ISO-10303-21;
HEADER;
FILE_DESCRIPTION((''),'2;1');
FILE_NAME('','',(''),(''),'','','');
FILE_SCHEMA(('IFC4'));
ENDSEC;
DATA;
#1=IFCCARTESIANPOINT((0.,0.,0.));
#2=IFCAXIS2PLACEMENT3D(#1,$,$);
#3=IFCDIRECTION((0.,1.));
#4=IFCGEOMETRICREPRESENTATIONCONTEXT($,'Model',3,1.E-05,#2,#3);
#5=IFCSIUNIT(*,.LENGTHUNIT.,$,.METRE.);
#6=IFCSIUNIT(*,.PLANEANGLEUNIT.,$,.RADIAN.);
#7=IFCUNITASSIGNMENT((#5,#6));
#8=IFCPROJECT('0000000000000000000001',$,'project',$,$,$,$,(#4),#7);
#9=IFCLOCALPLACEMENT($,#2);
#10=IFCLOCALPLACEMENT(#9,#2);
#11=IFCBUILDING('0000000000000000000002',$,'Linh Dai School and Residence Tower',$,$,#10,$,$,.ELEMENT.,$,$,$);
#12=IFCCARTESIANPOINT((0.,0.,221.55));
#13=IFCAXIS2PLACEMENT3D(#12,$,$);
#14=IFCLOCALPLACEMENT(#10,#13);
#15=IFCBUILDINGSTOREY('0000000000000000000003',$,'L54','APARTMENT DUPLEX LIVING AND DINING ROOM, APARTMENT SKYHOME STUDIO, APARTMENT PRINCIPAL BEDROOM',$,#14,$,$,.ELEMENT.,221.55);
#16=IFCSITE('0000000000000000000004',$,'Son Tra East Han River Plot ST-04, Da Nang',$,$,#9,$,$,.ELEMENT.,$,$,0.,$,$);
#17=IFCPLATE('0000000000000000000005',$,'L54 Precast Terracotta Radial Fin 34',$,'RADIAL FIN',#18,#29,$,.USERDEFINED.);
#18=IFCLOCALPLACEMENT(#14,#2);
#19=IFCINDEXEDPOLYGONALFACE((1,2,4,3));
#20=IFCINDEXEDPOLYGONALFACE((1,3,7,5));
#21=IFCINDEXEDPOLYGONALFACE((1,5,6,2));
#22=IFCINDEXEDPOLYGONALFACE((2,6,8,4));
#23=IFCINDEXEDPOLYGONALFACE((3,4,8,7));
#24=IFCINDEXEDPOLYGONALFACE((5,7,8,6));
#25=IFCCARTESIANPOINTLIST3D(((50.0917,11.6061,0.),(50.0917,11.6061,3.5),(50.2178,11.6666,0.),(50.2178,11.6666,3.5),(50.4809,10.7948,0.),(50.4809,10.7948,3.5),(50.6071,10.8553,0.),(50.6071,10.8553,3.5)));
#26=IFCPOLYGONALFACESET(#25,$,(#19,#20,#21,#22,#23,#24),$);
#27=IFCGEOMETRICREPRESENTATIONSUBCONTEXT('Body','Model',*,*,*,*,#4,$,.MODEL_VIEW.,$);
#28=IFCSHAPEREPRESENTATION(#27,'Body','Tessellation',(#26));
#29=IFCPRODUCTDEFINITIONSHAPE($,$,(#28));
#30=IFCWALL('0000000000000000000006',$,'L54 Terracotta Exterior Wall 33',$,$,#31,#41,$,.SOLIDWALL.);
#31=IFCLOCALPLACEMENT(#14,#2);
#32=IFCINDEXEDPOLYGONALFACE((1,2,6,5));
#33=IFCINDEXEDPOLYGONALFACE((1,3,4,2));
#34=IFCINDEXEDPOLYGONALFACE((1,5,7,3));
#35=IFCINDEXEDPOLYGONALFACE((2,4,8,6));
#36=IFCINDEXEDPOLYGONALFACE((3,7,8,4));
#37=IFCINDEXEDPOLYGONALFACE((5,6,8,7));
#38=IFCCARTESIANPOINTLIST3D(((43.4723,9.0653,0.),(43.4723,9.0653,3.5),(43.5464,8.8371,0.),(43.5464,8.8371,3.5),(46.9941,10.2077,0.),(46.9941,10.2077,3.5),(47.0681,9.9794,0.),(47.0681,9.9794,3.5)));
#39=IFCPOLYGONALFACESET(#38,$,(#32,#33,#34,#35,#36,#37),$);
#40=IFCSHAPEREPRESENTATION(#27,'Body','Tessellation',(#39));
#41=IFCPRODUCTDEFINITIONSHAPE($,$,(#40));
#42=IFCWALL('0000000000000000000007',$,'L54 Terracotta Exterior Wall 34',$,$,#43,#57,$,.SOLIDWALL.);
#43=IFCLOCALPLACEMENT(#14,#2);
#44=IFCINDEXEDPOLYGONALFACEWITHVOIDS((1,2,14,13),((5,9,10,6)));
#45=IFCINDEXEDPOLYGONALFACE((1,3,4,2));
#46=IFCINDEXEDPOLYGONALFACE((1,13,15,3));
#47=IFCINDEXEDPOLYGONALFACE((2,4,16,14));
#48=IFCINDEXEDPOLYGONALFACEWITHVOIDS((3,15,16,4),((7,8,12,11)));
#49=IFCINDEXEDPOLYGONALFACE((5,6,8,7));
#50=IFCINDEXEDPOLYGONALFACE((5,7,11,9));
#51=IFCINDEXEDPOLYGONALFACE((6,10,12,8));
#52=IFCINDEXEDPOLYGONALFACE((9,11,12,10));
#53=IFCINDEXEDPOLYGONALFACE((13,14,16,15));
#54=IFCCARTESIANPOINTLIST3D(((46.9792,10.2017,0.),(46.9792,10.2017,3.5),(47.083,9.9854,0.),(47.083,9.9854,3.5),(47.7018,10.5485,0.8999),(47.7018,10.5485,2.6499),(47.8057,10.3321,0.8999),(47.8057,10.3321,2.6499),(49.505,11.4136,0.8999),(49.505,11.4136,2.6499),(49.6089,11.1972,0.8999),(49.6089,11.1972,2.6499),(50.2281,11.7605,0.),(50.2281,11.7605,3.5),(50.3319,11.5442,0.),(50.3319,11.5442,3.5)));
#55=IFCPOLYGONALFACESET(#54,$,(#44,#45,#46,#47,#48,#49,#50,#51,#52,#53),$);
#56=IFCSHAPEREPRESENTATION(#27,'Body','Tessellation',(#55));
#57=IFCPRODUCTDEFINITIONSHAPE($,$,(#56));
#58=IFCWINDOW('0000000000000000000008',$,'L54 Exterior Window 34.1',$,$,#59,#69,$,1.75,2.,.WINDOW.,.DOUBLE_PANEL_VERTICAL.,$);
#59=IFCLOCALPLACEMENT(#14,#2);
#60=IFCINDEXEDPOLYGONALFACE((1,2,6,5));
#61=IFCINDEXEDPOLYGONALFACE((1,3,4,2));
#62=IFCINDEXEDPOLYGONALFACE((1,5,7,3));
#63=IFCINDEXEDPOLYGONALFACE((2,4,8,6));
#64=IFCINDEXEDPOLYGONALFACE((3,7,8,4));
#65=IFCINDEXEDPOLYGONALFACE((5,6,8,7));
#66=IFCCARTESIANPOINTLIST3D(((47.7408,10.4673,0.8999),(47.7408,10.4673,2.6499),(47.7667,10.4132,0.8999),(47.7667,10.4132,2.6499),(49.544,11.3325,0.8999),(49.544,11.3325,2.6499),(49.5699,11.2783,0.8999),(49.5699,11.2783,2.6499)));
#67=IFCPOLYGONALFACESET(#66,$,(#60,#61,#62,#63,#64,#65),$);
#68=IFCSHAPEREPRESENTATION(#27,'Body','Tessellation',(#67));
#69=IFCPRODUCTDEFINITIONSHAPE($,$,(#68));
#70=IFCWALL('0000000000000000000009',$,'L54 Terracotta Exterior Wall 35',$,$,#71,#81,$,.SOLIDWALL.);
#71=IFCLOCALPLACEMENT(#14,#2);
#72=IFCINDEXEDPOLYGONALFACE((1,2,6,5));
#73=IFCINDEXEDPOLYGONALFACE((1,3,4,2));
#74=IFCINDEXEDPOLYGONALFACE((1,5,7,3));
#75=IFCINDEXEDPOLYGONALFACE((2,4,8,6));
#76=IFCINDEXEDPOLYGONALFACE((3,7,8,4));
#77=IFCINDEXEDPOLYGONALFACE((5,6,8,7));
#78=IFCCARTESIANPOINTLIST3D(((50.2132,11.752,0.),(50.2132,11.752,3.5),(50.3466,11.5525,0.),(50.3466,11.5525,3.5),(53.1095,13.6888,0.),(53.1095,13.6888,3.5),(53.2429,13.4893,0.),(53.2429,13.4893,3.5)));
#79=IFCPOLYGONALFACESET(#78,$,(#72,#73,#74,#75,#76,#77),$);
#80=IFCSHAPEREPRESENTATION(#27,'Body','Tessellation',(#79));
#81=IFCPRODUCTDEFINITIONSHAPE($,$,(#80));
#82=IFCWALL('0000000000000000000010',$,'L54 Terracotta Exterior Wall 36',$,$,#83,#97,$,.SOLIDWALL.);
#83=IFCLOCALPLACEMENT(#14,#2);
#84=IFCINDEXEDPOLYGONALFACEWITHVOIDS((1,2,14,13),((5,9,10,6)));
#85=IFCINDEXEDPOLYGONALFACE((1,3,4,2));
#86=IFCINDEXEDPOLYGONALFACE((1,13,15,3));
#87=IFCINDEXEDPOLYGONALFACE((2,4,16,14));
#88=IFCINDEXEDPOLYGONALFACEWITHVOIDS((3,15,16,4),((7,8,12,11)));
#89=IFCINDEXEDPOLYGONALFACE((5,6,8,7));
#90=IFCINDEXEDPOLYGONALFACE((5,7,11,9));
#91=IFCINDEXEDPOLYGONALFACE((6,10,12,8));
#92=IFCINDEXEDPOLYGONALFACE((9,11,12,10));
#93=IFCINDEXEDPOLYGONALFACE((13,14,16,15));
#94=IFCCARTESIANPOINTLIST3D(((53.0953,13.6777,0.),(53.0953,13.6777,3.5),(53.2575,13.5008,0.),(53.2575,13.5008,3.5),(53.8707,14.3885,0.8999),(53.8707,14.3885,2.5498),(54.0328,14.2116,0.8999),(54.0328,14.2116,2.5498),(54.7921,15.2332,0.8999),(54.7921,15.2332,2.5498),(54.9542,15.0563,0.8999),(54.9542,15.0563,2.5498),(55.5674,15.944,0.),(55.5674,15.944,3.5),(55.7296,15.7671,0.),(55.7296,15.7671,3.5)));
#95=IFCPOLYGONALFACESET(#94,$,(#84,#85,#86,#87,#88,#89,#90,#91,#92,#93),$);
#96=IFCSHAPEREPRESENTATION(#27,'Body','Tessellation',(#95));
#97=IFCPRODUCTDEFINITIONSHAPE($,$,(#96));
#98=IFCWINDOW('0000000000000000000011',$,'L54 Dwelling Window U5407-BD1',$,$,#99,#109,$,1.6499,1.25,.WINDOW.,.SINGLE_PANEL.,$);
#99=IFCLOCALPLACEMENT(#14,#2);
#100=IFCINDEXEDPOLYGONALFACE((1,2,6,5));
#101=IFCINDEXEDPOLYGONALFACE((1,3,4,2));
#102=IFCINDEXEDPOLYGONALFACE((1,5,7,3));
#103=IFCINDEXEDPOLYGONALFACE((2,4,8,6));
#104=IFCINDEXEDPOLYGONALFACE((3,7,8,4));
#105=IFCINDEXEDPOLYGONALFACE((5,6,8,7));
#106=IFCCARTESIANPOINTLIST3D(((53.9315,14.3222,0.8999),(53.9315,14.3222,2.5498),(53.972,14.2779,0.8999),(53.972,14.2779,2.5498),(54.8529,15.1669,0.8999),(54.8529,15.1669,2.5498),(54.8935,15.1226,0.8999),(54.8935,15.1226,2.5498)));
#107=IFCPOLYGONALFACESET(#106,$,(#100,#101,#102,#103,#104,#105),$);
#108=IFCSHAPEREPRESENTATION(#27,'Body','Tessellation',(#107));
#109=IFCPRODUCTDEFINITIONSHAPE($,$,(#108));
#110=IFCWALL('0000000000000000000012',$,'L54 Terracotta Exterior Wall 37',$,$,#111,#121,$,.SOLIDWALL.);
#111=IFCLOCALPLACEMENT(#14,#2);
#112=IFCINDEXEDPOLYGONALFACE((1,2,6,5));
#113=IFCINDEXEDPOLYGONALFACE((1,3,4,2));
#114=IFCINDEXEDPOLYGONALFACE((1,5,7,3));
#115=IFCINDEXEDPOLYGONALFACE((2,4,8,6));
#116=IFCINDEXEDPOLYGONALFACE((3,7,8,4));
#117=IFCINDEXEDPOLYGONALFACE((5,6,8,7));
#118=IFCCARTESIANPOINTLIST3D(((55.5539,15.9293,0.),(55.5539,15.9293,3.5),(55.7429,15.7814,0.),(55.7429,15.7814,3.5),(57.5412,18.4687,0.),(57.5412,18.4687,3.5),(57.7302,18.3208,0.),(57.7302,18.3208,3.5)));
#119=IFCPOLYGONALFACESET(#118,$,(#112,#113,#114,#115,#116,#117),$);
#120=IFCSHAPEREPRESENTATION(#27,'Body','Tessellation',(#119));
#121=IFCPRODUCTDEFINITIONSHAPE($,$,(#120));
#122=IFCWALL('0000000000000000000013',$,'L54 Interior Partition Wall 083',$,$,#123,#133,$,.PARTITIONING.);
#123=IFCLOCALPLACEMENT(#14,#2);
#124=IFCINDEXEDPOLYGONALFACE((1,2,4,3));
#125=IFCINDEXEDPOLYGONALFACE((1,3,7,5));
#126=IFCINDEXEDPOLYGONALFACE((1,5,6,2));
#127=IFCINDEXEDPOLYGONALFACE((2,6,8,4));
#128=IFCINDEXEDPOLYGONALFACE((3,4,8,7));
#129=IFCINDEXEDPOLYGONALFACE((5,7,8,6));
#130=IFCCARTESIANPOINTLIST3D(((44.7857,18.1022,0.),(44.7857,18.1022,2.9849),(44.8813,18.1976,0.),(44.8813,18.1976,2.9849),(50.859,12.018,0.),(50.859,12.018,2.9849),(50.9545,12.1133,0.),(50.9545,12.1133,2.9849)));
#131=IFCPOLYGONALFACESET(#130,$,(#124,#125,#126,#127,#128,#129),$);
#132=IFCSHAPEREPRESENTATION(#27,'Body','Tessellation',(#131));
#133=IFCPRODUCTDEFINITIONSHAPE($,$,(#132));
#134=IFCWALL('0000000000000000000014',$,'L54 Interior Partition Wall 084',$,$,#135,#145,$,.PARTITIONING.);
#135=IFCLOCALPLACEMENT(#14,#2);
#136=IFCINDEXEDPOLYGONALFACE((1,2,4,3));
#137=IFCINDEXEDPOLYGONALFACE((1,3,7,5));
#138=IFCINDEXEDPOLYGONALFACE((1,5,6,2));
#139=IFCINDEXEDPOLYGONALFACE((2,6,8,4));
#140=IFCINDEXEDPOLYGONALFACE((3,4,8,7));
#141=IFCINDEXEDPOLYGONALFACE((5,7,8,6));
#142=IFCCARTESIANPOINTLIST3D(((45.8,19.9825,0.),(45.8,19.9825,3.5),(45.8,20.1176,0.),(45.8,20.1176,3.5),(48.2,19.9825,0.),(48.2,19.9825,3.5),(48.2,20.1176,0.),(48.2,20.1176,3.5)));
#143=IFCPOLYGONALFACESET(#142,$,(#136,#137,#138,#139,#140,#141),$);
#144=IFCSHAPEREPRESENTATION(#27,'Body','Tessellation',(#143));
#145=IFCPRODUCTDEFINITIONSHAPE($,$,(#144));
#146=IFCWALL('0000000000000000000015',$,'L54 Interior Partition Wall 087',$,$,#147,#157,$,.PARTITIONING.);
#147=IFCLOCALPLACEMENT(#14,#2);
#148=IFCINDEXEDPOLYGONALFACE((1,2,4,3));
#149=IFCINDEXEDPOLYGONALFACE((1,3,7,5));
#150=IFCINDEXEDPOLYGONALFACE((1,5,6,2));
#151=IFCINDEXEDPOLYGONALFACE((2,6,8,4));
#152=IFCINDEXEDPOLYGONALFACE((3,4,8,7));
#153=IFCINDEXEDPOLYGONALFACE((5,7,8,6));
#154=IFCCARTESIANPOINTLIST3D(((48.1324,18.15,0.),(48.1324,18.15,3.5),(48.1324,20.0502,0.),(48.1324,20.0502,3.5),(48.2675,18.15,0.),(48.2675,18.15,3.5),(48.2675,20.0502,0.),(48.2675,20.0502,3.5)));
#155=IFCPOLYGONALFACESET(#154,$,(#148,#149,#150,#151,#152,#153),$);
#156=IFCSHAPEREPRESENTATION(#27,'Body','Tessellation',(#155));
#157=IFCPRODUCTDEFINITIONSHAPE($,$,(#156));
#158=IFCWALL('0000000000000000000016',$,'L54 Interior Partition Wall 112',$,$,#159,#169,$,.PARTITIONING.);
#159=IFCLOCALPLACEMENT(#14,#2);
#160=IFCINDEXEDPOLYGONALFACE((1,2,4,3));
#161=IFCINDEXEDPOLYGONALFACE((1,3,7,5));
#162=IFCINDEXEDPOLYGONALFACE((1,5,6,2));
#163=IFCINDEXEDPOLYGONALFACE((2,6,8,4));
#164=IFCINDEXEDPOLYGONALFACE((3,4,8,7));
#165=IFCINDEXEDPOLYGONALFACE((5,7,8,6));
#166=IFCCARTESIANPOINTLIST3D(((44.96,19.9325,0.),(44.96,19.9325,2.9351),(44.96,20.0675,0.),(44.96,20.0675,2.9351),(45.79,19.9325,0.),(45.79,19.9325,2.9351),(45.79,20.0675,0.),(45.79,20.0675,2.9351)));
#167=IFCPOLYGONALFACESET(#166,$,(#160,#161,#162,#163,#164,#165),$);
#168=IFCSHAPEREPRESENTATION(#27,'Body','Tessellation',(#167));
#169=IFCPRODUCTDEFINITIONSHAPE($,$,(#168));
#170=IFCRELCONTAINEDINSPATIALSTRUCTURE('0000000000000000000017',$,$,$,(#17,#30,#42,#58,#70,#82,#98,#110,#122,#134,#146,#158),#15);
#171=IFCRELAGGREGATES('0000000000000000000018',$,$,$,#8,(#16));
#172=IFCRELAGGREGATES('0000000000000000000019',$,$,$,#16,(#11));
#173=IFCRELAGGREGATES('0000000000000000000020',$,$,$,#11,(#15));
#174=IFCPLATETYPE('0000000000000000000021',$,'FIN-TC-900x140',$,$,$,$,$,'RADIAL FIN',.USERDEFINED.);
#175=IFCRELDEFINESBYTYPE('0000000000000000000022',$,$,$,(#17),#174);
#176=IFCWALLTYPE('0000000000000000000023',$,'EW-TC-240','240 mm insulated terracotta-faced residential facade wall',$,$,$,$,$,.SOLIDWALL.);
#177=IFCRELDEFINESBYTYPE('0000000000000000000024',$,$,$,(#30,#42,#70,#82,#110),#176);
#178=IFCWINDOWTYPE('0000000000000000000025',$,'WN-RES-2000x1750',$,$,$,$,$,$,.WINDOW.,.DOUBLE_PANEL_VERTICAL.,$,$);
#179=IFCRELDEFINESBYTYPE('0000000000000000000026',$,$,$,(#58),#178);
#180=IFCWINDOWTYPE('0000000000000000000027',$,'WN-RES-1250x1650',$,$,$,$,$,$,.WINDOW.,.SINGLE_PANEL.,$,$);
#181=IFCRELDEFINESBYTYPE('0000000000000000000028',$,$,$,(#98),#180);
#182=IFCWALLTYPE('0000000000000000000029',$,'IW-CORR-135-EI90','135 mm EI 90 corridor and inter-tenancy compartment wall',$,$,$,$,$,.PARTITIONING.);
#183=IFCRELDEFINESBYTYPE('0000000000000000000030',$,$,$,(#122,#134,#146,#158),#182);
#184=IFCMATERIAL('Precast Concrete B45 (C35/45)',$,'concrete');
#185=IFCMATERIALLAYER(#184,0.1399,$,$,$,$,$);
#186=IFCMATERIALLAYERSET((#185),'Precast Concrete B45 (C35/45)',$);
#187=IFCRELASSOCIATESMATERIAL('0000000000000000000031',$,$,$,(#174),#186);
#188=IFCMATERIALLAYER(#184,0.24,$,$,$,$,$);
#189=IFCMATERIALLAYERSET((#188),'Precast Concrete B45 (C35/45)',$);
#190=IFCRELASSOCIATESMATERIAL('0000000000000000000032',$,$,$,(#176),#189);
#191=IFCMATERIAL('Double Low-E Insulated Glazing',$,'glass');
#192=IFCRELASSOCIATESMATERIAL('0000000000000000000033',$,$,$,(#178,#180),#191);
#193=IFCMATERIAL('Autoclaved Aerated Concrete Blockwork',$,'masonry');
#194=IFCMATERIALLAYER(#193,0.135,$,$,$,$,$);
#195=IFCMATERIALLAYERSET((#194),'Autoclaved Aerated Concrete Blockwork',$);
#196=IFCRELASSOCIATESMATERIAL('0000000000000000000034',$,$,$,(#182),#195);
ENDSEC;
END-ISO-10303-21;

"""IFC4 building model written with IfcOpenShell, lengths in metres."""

from ifc_helpers import new_model, si_unit, direction, frame, frame_2d, origin, origin_2d, place, context, subcontext, project, spatial, rectangle, extrude, source, transform, mapped, material, layer, layer_set, type_object, element, fill, save


model = new_model("IFC4")

# Units and contexts
model_context = context("Model", 3, precision=1e-05, world=origin(), true_north=direction((0.0, 1.0)))
body_context = subcontext(model_context, "Body", "Model", "MODEL_VIEW")
ifc_project = project(units=[si_unit("LENGTHUNIT", "METRE"), si_unit("PLANEANGLEUNIT", "RADIAN")], contexts=[model_context])

# Site, building, storey
site_placement = place(None, origin())
site = spatial("IfcSite", under=ifc_project, at=site_placement, Name="Son Tra East Han River Plot ST-04, Da Nang", CompositionType="ELEMENT", RefElevation=0.0)
building_placement = place(site_placement, origin())
building = spatial("IfcBuilding", under=site, at=building_placement, Name="Linh Dai School and Residence Tower", CompositionType="ELEMENT")
storey_placement = place(building_placement, frame((0.0, 0.0, 221.55)))
storey = spatial("IfcBuildingStorey", under=building, at=storey_placement, Name="L54", Description="APARTMENT DUPLEX LIVING AND DINING ROOM, APARTMENT SKYHOME STUDIO, APARTMENT PRINCIPAL BEDROOM", CompositionType="ELEMENT", Elevation=221.55)

# Plate
ifc_material_1 = material(Name="Precast Concrete B45 (C35/45)", Category="concrete")
ifc_layer_1 = layer(ifc_material_1, 0.1399)
ifc_layer_set_1 = layer_set([ifc_layer_1], Name="Precast Concrete B45 (C35/45)")
plate_type = type_object("IfcPlateType", Name="FIN-TC-900x140", ElementType="RADIAL FIN", PredefinedType="USERDEFINED", material=ifc_layer_set_1)
shared_shape_1 = source(origin(), body_context, "Body", "SweptSolid", [
    extrude(rectangle(XDim=0.8999, YDim=0.1399, at=origin_2d()), origin(), (0.0, 0.0, 1.0), 3.5),
])
plate_placement = place(storey_placement, frame((50.3494, 11.2307, 0.0), z_axis=(0.0, 0.0, 1.0), x_axis=(0.432594, -0.901589, 0.0)))
element("IfcPlate", 1, at=plate_placement, inside=storey, type_object=plate_type, Name="L54 Precast Terracotta Radial Fin 34", ObjectType="RADIAL FIN", PredefinedType="USERDEFINED", context=body_context, shape_type="MappedRepresentation", body=[
    mapped(shared_shape_1, transform((0.0, 0.0, 0.0), x_axis=(1.0, 0.0, 0.0), y_axis=(0.0, 1.0, 0.0), z_axis=(0.0, 0.0, 1.0), scale=1.0)),
])

# Wall
ifc_layer_2 = layer(ifc_material_1, 0.24)
ifc_layer_set_2 = layer_set([ifc_layer_2], Name="Precast Concrete B45 (C35/45)")
wall_type_1 = type_object("IfcWallType", Name="EW-TC-240", Description="240 mm insulated terracotta-faced residential facade wall", PredefinedType="SOLIDWALL", material=ifc_layer_set_2)
wall_1_placement = place(storey_placement, frame((47.031, 10.0935, 0.0), z_axis=(0.0, 0.0, 1.0), x_axis=(-0.951211, -0.308542, 0.0)))
element("IfcWall", 2, at=wall_1_placement, inside=storey, type_object=wall_type_1, Name="L54 Terracotta Exterior Wall 33", PredefinedType="SOLIDWALL", context=body_context, shape_type="SweptSolid", body=[
    extrude(rectangle(XDim=3.7024, YDim=0.24, at=frame_2d((1.8511, 0.0))), origin(), (0.0, 0.0, 1.0), 3.5),
])

# Wall, opening, window
wall_2_placement = place(storey_placement, frame((50.28, 11.6523, 0.0), z_axis=(0.0, 0.0, 1.0), x_axis=(-0.901598, -0.432575, 0.0)))
wall_2 = element("IfcWall", 3, at=wall_2_placement, inside=storey, type_object=wall_type_1, Name="L54 Terracotta Exterior Wall 34", PredefinedType="SOLIDWALL", context=body_context, shape_type="SweptSolid", body=[
    extrude(rectangle(XDim=3.6035, YDim=0.24, at=frame_2d((1.8018, 0.0))), origin(), (0.0, 0.0, 1.0), 3.5),
])
opening_1_placement = place(wall_2_placement, frame((0.802, 0.0, 0.8999)))
opening_1 = element("IfcOpeningElement", 4, at=opening_1_placement, cuts=wall_2, PredefinedType="OPENING", context=body_context, shape_type="SweptSolid", body=[
    extrude(rectangle(XDim=2.0, YDim=1.75, at=origin_2d()), frame((1.0, 0.1299, 0.875), z_axis=(0.0, -1.0, 0.0), x_axis=(1.0, 0.0, 0.0)), (0.0, 0.0, 1.0), 0.26),
])
ifc_material_2 = material(Name="Double Low-E Insulated Glazing", Category="glass")
window_type_1 = type_object("IfcWindowType", Name="WN-RES-2000x1750", PartitioningType="DOUBLE_PANEL_VERTICAL", PredefinedType="WINDOW", material=ifc_material_2)
shared_shape_2 = source(origin(), body_context, "Body", "SweptSolid", [
    extrude(rectangle(XDim=2.0, YDim=1.75, at=origin_2d()), frame((1.0, 0.03, 0.875), z_axis=(0.0, -1.0, 0.0), x_axis=(1.0, 0.0, 0.0)), (0.0, 0.0, 1.0), 0.0601),
])
window_1_placement = place(opening_1_placement, origin())
window_1 = element("IfcWindow", 5, at=window_1_placement, inside=storey, type_object=window_type_1, Name="L54 Exterior Window 34.1", OverallHeight=1.75, OverallWidth=2.0, PartitioningType="DOUBLE_PANEL_VERTICAL", PredefinedType="WINDOW", context=body_context, shape_type="MappedRepresentation", body=[
    mapped(shared_shape_2, transform((0.0, 0.0, 0.0), x_axis=(1.0, 0.0, 0.0), y_axis=(0.0, 1.0, 0.0), z_axis=(0.0, 0.0, 1.0), scale=1.0)),
])
fill(opening_1, window_1)

# Wall
wall_3_placement = place(storey_placement, frame((53.1763, 13.5891, 0.0), z_axis=(0.0, 0.0, 1.0), x_axis=(-0.831262, -0.55588, 0.0)))
element("IfcWall", 6, at=wall_3_placement, inside=storey, type_object=wall_type_1, Name="L54 Terracotta Exterior Wall 35", PredefinedType="SOLIDWALL", context=body_context, shape_type="SweptSolid", body=[
    extrude(rectangle(XDim=3.4841, YDim=0.24, at=frame_2d((1.7422, 0.0))), origin(), (0.0, 0.0, 1.0), 3.5),
])

# Wall, opening, window
wall_4_placement = place(storey_placement, frame((55.6484, 15.8555, 0.0), z_axis=(0.0, 0.0, 1.0), x_axis=(-0.737124, -0.675758, 0.0)))
wall_4 = element("IfcWall", 7, at=wall_4_placement, inside=storey, type_object=wall_type_1, Name="L54 Terracotta Exterior Wall 36", PredefinedType="SOLIDWALL", context=body_context, shape_type="SweptSolid", body=[
    extrude(rectangle(XDim=3.3538, YDim=0.24, at=frame_2d((1.6768, 0.0))), origin(), (0.0, 0.0, 1.0), 3.5),
])
opening_2_placement = place(wall_4_placement, frame((1.0518, 0.0, 0.8999)))
opening_2 = element("IfcOpeningElement", 8, at=opening_2_placement, cuts=wall_4, PredefinedType="OPENING", context=body_context, shape_type="SweptSolid", body=[
    extrude(rectangle(XDim=1.25, YDim=1.6499, at=origin_2d()), frame((0.625, 0.1299, 0.825), z_axis=(0.0, -1.0, 0.0), x_axis=(1.0, 0.0, 0.0)), (0.0, 0.0, 1.0), 0.26),
])
window_type_2 = type_object("IfcWindowType", Name="WN-RES-1250x1650", PartitioningType="SINGLE_PANEL", PredefinedType="WINDOW", material=ifc_material_2)
shared_shape_3 = source(origin(), body_context, "Body", "SweptSolid", [
    extrude(rectangle(XDim=1.25, YDim=1.6499, at=origin_2d()), frame((0.625, 0.03, 0.825), z_axis=(0.0, -1.0, 0.0), x_axis=(1.0, 0.0, 0.0)), (0.0, 0.0, 1.0), 0.0601),
])
window_2_placement = place(opening_2_placement, origin())
window_2 = element("IfcWindow", 9, at=window_2_placement, inside=storey, type_object=window_type_2, Name="L54 Dwelling Window U5407-BD1", OverallHeight=1.6499, OverallWidth=1.25, PartitioningType="SINGLE_PANEL", PredefinedType="WINDOW", context=body_context, shape_type="MappedRepresentation", body=[
    mapped(shared_shape_3, transform((0.0, 0.0, 0.0), x_axis=(1.0, 0.0, 0.0), y_axis=(0.0, 1.0, 0.0), z_axis=(0.0, 0.0, 1.0), scale=1.0)),
])
fill(opening_2, window_2)

# Walls
wall_5_placement = place(storey_placement, frame((57.6357, 18.3948, 0.0), z_axis=(0.0, 0.0, 1.0), x_axis=(-0.616312, -0.787502, 0.0)))
element("IfcWall", 10, at=wall_5_placement, inside=storey, type_object=wall_type_1, Name="L54 Terracotta Exterior Wall 37", PredefinedType="SOLIDWALL", context=body_context, shape_type="SweptSolid", body=[
    extrude(rectangle(XDim=3.2246, YDim=0.24, at=frame_2d((1.6123, 0.0))), origin(), (0.0, 0.0, 1.0), 3.5),
])
ifc_material_3 = material(Name="Autoclaved Aerated Concrete Blockwork", Category="masonry")
ifc_layer_3 = layer(ifc_material_3, 0.135)
ifc_layer_set_3 = layer_set([ifc_layer_3], Name="Autoclaved Aerated Concrete Blockwork")
wall_type_2 = type_object("IfcWallType", Name="IW-CORR-135-EI90", Description="135 mm EI 90 corridor and inter-tenancy compartment wall", PredefinedType="PARTITIONING", material=ifc_layer_set_3)
wall_6_placement = place(storey_placement, frame((44.8335, 18.1499, 0.0), z_axis=(0.0, 0.0, 1.0), x_axis=(0.706468, -0.707745, 0.0)))
element("IfcWall", 11, at=wall_6_placement, inside=storey, type_object=wall_type_2, Name="L54 Interior Partition Wall 083", PredefinedType="PARTITIONING", context=body_context, shape_type="SweptSolid", body=[
    extrude(rectangle(XDim=8.5967, YDim=0.135, at=frame_2d((4.2983, 0.0))), origin(), (0.0, 0.0, 1.0), 2.9849),
])
wall_7_placement = place(storey_placement, frame((45.8, 20.05, 0.0), z_axis=(0.0, 0.0, 1.0), x_axis=(1.0, 0.0, 0.0)))
element("IfcWall", 12, at=wall_7_placement, inside=storey, type_object=wall_type_2, Name="L54 Interior Partition Wall 084", PredefinedType="PARTITIONING", context=body_context, shape_type="SweptSolid", body=[
    extrude(rectangle(XDim=2.3999, YDim=0.135, at=frame_2d((1.2, 0.0))), origin(), (0.0, 0.0, 1.0), 3.5),
])
wall_8_placement = place(storey_placement, frame((48.2, 18.1499, 0.0), z_axis=(0.0, 0.0, 1.0), x_axis=(0.0, 1.0, 0.0)))
element("IfcWall", 13, at=wall_8_placement, inside=storey, type_object=wall_type_2, Name="L54 Interior Partition Wall 087", PredefinedType="PARTITIONING", context=body_context, shape_type="SweptSolid", body=[
    extrude(rectangle(XDim=1.9001, YDim=0.135, at=frame_2d((0.9502, 0.0))), origin(), (0.0, 0.0, 1.0), 3.5),
])
wall_9_placement = place(storey_placement, frame((44.96, 20.0, 0.0), z_axis=(0.0, 0.0, 1.0), x_axis=(1.0, 0.0, 0.0)))
element("IfcWall", 14, at=wall_9_placement, inside=storey, type_object=wall_type_2, Name="L54 Interior Partition Wall 112", PredefinedType="PARTITIONING", context=body_context, shape_type="SweptSolid", body=[
    extrude(rectangle(XDim=0.8301, YDim=0.135, at=frame_2d((0.415, 0.0))), origin(), (0.0, 0.0, 1.0), 2.9351),
])

save(model, "model.ifc")
